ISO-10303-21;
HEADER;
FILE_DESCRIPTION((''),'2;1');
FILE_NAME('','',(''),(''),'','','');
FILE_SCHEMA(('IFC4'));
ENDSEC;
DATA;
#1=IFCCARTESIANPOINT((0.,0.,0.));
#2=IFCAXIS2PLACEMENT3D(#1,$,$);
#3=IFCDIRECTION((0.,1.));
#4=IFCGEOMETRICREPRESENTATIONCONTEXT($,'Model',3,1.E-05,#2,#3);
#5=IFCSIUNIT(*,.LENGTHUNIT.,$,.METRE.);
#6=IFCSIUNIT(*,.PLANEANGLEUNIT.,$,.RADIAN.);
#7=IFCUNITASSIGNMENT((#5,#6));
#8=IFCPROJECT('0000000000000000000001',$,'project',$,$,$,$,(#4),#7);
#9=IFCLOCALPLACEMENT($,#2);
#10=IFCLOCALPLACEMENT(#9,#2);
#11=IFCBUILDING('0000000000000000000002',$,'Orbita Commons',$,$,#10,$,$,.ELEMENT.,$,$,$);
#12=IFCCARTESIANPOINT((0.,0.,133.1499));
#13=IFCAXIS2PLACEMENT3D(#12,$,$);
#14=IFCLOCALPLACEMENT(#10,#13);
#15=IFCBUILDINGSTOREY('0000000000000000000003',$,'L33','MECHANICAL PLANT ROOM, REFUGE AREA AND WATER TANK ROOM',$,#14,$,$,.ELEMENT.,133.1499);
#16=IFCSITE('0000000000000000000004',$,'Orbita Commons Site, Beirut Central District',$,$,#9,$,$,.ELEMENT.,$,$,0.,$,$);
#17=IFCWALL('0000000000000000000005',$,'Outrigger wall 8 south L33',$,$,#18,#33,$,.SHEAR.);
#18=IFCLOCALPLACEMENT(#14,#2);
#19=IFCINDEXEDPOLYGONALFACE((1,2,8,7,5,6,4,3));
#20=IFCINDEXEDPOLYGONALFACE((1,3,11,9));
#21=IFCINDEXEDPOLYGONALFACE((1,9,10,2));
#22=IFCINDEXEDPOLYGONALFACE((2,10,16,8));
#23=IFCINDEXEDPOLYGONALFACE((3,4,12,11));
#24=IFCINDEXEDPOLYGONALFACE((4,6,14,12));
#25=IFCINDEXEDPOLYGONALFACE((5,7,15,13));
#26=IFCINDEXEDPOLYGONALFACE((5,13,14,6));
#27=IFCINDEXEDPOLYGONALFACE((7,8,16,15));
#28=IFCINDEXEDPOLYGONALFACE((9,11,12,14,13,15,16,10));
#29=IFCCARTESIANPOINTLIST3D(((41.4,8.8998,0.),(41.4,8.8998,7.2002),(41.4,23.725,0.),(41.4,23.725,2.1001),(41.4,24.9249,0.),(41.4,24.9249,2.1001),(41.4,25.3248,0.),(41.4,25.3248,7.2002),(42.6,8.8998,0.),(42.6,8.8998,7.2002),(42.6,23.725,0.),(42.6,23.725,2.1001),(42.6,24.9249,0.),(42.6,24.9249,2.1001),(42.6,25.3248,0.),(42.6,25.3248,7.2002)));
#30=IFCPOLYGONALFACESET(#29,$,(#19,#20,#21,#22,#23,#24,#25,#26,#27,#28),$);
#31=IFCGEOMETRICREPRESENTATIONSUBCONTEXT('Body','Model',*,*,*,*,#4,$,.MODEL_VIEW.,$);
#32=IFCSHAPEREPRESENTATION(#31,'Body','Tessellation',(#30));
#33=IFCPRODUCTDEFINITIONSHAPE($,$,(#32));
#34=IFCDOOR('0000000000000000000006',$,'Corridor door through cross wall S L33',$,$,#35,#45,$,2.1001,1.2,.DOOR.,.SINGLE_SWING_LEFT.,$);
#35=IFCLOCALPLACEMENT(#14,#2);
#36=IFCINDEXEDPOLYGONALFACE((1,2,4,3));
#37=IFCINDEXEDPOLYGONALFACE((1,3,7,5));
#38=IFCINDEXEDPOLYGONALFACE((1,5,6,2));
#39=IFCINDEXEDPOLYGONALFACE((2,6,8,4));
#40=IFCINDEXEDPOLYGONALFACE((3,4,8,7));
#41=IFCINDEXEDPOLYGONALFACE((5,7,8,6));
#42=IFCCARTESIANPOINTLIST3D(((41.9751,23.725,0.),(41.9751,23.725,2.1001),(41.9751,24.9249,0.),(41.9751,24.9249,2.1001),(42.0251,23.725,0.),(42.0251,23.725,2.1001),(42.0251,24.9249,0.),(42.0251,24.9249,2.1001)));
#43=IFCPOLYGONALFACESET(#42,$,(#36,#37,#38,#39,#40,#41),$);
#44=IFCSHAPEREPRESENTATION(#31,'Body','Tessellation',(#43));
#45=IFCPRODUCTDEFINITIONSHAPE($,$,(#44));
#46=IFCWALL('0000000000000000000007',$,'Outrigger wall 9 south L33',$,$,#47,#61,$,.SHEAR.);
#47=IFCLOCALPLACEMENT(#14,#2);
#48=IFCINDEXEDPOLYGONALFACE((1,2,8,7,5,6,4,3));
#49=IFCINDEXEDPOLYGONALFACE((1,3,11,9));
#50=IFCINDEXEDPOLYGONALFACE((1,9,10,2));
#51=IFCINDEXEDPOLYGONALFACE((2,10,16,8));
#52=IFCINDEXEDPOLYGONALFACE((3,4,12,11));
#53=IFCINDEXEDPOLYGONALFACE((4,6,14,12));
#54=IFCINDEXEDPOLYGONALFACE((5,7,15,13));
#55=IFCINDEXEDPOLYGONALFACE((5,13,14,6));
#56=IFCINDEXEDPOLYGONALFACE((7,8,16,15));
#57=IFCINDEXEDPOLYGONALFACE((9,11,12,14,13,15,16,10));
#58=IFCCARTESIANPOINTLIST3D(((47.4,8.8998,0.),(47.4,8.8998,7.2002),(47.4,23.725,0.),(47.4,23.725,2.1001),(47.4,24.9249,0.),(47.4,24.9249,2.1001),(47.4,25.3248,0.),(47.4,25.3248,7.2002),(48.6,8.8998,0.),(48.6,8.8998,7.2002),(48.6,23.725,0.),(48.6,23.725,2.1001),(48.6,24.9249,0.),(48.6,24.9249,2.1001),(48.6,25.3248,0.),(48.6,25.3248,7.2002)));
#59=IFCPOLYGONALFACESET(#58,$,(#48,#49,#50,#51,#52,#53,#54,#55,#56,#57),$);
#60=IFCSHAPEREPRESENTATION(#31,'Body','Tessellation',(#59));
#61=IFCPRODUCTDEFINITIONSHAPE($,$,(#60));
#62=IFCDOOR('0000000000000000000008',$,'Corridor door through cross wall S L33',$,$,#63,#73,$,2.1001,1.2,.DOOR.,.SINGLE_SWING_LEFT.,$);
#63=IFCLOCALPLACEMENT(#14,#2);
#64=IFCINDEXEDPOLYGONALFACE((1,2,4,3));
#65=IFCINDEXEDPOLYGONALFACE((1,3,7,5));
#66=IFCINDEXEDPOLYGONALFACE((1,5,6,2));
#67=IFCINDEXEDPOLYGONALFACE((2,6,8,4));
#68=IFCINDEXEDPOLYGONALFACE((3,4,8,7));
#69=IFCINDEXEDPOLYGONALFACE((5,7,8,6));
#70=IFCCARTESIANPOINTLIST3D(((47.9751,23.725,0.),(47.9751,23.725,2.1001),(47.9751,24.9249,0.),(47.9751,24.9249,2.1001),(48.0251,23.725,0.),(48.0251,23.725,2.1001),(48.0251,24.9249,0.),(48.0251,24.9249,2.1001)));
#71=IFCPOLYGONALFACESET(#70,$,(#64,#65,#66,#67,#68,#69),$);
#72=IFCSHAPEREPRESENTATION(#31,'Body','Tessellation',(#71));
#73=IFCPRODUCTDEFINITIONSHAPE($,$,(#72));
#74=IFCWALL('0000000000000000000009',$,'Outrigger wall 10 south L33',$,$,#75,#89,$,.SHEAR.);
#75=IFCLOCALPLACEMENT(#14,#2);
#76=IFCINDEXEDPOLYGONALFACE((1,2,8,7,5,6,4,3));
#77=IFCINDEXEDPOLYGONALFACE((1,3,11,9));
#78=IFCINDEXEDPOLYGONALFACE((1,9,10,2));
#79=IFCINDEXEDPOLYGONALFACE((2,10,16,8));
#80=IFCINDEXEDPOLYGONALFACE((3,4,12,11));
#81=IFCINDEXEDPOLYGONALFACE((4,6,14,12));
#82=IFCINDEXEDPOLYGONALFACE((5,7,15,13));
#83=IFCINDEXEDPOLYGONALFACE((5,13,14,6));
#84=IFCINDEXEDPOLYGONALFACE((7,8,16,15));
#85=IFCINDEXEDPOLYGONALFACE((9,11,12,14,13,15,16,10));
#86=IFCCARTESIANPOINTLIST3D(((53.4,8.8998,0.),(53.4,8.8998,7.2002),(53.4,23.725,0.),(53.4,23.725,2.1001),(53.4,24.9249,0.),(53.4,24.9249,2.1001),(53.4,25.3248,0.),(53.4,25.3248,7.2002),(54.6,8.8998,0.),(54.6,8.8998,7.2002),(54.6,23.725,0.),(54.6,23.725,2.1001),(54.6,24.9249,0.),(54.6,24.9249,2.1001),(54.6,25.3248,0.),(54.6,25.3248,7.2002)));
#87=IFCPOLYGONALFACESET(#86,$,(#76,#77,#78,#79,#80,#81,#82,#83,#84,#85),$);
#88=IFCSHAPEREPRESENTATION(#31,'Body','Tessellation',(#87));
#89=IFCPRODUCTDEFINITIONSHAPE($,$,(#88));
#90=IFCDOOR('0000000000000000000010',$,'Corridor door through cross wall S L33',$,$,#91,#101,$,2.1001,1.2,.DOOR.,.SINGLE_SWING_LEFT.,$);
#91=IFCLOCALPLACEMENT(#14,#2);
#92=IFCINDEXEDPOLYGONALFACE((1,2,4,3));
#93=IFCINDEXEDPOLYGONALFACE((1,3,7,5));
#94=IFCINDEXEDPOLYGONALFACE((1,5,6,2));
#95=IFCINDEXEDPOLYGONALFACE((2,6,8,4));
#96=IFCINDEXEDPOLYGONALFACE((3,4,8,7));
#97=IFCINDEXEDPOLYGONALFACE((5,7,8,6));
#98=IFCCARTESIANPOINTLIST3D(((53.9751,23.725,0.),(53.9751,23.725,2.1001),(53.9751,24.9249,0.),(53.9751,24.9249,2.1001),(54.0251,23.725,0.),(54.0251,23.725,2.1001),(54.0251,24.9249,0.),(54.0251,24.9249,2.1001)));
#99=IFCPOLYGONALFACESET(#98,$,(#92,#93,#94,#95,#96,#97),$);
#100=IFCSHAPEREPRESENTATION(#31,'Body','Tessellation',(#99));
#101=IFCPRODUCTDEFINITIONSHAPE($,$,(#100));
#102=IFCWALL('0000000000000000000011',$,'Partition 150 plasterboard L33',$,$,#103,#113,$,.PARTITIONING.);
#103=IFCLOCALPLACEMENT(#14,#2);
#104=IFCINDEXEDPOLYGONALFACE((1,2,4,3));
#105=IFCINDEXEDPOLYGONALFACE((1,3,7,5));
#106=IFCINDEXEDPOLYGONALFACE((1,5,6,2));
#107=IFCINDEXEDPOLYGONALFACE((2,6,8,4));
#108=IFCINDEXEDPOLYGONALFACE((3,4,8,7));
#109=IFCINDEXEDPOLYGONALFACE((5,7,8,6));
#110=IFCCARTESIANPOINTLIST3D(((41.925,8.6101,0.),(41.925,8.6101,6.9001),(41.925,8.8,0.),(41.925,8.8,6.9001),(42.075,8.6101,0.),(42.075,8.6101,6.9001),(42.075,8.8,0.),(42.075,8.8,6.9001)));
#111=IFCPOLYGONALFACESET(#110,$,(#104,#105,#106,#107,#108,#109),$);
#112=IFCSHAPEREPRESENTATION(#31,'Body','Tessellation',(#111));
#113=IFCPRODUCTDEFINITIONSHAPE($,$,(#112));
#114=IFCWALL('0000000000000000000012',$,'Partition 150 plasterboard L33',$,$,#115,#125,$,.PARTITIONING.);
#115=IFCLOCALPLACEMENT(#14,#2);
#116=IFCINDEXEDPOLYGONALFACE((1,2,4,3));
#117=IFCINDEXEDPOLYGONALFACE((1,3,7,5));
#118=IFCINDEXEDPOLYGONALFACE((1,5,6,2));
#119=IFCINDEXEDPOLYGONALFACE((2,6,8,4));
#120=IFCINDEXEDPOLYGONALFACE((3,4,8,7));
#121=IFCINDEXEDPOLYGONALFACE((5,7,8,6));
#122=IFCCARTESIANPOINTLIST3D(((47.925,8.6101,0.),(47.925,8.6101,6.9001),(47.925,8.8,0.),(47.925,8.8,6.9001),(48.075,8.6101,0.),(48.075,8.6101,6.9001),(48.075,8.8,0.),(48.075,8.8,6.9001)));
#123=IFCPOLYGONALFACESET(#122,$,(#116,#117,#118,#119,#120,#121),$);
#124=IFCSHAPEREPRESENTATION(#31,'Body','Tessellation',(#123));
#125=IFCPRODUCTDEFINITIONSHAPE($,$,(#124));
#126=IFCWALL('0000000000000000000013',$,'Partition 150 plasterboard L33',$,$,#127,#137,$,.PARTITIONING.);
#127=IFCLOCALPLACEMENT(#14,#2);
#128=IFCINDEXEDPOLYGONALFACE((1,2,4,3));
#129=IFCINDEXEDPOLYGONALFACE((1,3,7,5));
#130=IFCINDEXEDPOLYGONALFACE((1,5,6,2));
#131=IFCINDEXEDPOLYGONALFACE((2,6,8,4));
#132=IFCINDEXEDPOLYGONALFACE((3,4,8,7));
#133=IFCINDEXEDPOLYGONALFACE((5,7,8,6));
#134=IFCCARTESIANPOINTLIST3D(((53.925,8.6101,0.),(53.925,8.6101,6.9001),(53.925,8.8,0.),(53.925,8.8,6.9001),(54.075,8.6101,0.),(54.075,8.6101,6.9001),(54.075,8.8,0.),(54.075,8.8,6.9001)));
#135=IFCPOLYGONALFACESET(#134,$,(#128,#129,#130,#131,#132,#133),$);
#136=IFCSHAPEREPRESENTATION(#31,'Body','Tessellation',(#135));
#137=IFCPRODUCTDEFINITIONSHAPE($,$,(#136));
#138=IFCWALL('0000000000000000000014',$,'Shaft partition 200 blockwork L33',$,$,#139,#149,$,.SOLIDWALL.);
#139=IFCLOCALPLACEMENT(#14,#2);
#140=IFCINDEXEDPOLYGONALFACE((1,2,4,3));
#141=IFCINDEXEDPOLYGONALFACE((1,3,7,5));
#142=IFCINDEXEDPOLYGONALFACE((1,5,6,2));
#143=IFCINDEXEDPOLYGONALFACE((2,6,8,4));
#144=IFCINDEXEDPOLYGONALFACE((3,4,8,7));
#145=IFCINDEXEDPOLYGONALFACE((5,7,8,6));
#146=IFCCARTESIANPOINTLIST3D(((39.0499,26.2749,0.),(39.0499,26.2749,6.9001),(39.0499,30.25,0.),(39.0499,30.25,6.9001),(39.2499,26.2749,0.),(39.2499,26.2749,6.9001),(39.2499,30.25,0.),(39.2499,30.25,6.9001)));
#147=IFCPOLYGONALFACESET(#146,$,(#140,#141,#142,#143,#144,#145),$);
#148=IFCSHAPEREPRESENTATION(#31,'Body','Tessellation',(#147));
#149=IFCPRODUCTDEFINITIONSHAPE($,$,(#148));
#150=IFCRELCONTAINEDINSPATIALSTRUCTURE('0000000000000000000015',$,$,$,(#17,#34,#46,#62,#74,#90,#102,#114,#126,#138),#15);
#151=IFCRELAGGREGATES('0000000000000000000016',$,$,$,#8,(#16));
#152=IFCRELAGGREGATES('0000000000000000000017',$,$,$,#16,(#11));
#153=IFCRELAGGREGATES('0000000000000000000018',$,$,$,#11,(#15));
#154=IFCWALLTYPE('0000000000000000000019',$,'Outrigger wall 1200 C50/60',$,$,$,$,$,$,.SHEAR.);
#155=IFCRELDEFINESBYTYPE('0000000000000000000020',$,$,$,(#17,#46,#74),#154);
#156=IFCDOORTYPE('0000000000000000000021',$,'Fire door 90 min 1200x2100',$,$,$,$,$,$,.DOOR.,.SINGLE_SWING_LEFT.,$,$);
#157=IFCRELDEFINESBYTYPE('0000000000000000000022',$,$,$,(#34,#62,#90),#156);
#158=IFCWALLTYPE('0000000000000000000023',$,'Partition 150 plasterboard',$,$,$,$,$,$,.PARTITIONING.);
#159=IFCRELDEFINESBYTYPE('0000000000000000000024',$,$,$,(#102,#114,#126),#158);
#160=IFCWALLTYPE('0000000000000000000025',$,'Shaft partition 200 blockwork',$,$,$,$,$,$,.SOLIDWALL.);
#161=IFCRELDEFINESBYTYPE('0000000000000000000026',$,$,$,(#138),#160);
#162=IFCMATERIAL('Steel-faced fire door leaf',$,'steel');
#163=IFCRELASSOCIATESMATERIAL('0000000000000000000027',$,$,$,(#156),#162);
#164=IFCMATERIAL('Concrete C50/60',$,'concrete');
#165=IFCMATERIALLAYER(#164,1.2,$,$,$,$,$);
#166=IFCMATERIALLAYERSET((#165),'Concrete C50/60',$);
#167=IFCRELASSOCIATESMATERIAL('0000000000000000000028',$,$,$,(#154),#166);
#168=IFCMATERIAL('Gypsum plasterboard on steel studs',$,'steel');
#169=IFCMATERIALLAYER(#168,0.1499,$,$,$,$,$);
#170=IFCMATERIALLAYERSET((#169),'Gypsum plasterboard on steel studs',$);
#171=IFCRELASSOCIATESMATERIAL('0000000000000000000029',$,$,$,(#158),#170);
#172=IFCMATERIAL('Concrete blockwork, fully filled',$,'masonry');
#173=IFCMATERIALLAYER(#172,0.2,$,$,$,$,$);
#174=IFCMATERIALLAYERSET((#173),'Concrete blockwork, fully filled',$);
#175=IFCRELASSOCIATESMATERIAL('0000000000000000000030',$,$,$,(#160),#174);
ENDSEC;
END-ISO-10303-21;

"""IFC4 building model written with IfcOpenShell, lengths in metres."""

from ifc_helpers import new_model, si_unit, direction, frame, frame_2d, origin, place, context, subcontext, project, spatial, rectangle, extrude, material, layer, layer_set, type_object, element, fill, save


model = new_model("IFC4")

# Units and contexts
model_context = context("Model", 3, precision=1e-05, world=origin(), true_north=direction((0.0, 1.0)))
body_context = subcontext(model_context, "Body", "Model", "MODEL_VIEW")
ifc_project = project(units=[si_unit("LENGTHUNIT", "METRE"), si_unit("PLANEANGLEUNIT", "RADIAN")], contexts=[model_context])

# Site, building, storey
site_placement = place(None, origin())
site = spatial("IfcSite", under=ifc_project, at=site_placement, Name="Orbita Commons Site, Beirut Central District", CompositionType="ELEMENT", RefElevation=0.0)
building_placement = place(site_placement, origin())
building = spatial("IfcBuilding", under=site, at=building_placement, Name="Orbita Commons", CompositionType="ELEMENT")
storey_placement = place(building_placement, frame((0.0, 0.0, 133.1499)))
storey = spatial("IfcBuildingStorey", under=building, at=storey_placement, Name="L33", Description="MECHANICAL PLANT ROOM, REFUGE AREA AND WATER TANK ROOM", CompositionType="ELEMENT", Elevation=133.1499)

# Walls, openings, doors
ifc_material_1 = material(Name="Steel-faced fire door leaf", Category="steel")
door_type_1 = type_object("IfcDoorType", Name="Fire door 90 min 1200x2100", OperationType="SINGLE_SWING_LEFT", PredefinedType="DOOR", material=ifc_material_1)
ifc_material_2 = material(Name="Concrete C50/60", Category="concrete")
ifc_layer_1 = layer(ifc_material_2, 1.2)
ifc_layer_set_1 = layer_set([ifc_layer_1], Name="Concrete C50/60")
wall_type_1 = type_object("IfcWallType", Name="Outrigger wall 1200 C50/60", PredefinedType="SHEAR", material=ifc_layer_set_1)
wall_1_placement = place(storey_placement, frame((42.0, 8.8999, 0.0), z_axis=(0.0, 0.0, 1.0), x_axis=(0.0, 1.0, 0.0)))
wall_1 = element("IfcWall", 1, at=wall_1_placement, inside=storey, type_object=wall_type_1, Name="Outrigger wall 8 south L33", PredefinedType="SHEAR", context=body_context, shape_type="SweptSolid", body=[
    extrude(rectangle(XDim=16.425, YDim=1.2, at=frame_2d((8.2124, 0.0))), origin(), (0.0, 0.0, 1.0), 7.2002),
])
opening_1_placement = place(wall_1_placement, frame((14.825, 0.0, 0.0)))
opening_1 = element("IfcOpeningElement", 2, at=opening_1_placement, cuts=wall_1, PredefinedType="OPENING", context=body_context, shape_type="SweptSolid", body=[
    extrude(rectangle(XDim=1.2, YDim=2.1001, at=frame_2d((0.6001, 1.05))), frame((0.0, 0.6099, 0.0), z_axis=(0.0, -1.0, 0.0), x_axis=(1.0, 0.0, 0.0)), (0.0, 0.0, 1.0), 1.22),
])
door_1_placement = place(opening_1_placement, origin())
door_1 = element("IfcDoor", 3, at=door_1_placement, inside=storey, type_object=door_type_1, Name="Corridor door through cross wall S L33", OperationType="SINGLE_SWING_LEFT", OverallHeight=2.1001, OverallWidth=1.2, PredefinedType="DOOR", context=body_context, shape_type="SweptSolid", body=[
    extrude(rectangle(XDim=1.2, YDim=2.1001, at=frame_2d((0.6001, 1.05))), frame((0.0, 0.0249, 0.0), z_axis=(0.0, -1.0, 0.0), x_axis=(1.0, 0.0, 0.0)), (0.0, 0.0, 1.0), 0.05),
])
fill(opening_1, door_1)
wall_2_placement = place(storey_placement, frame((48.0, 8.8999, 0.0), z_axis=(0.0, 0.0, 1.0), x_axis=(0.0, 1.0, 0.0)))
wall_2 = element("IfcWall", 4, at=wall_2_placement, inside=storey, type_object=wall_type_1, Name="Outrigger wall 9 south L33", PredefinedType="SHEAR", context=body_context, shape_type="SweptSolid", body=[
    extrude(rectangle(XDim=16.425, YDim=1.2, at=frame_2d((8.2124, 0.0))), origin(), (0.0, 0.0, 1.0), 7.2002),
])
opening_2_placement = place(wall_2_placement, frame((14.825, 0.0, 0.0)))
opening_2 = element("IfcOpeningElement", 5, at=opening_2_placement, cuts=wall_2, PredefinedType="OPENING", context=body_context, shape_type="SweptSolid", body=[
    extrude(rectangle(XDim=1.2, YDim=2.1001, at=frame_2d((0.6001, 1.05))), frame((0.0, 0.6099, 0.0), z_axis=(0.0, -1.0, 0.0), x_axis=(1.0, 0.0, 0.0)), (0.0, 0.0, 1.0), 1.22),
])
door_2_placement = place(opening_2_placement, origin())
door_2 = element("IfcDoor", 6, at=door_2_placement, inside=storey, type_object=door_type_1, Name="Corridor door through cross wall S L33", OperationType="SINGLE_SWING_LEFT", OverallHeight=2.1001, OverallWidth=1.2, PredefinedType="DOOR", context=body_context, shape_type="SweptSolid", body=[
    extrude(rectangle(XDim=1.2, YDim=2.1001, at=frame_2d((0.6001, 1.05))), frame((0.0, 0.0249, 0.0), z_axis=(0.0, -1.0, 0.0), x_axis=(1.0, 0.0, 0.0)), (0.0, 0.0, 1.0), 0.05),
])
fill(opening_2, door_2)
wall_3_placement = place(storey_placement, frame((54.0, 8.8999, 0.0), z_axis=(0.0, 0.0, 1.0), x_axis=(0.0, 1.0, 0.0)))
wall_3 = element("IfcWall", 7, at=wall_3_placement, inside=storey, type_object=wall_type_1, Name="Outrigger wall 10 south L33", PredefinedType="SHEAR", context=body_context, shape_type="SweptSolid", body=[
    extrude(rectangle(XDim=16.425, YDim=1.2, at=frame_2d((8.2124, 0.0))), origin(), (0.0, 0.0, 1.0), 7.2002),
])
opening_3_placement = place(wall_3_placement, frame((14.825, 0.0, 0.0)))
opening_3 = element("IfcOpeningElement", 8, at=opening_3_placement, cuts=wall_3, PredefinedType="OPENING", context=body_context, shape_type="SweptSolid", body=[
    extrude(rectangle(XDim=1.2, YDim=2.1001, at=frame_2d((0.6001, 1.05))), frame((0.0, 0.6099, 0.0), z_axis=(0.0, -1.0, 0.0), x_axis=(1.0, 0.0, 0.0)), (0.0, 0.0, 1.0), 1.22),
])
door_3_placement = place(opening_3_placement, origin())
door_3 = element("IfcDoor", 9, at=door_3_placement, inside=storey, type_object=door_type_1, Name="Corridor door through cross wall S L33", OperationType="SINGLE_SWING_LEFT", OverallHeight=2.1001, OverallWidth=1.2, PredefinedType="DOOR", context=body_context, shape_type="SweptSolid", body=[
    extrude(rectangle(XDim=1.2, YDim=2.1001, at=frame_2d((0.6001, 1.05))), frame((0.0, 0.0249, 0.0), z_axis=(0.0, -1.0, 0.0), x_axis=(1.0, 0.0, 0.0)), (0.0, 0.0, 1.0), 0.05),
])
fill(opening_3, door_3)

# Walls
ifc_material_3 = material(Name="Gypsum plasterboard on steel studs", Category="steel")
ifc_layer_2 = layer(ifc_material_3, 0.1499)
ifc_layer_set_2 = layer_set([ifc_layer_2], Name="Gypsum plasterboard on steel studs")
wall_type_2 = type_object("IfcWallType", Name="Partition 150 plasterboard", PredefinedType="PARTITIONING", material=ifc_layer_set_2)
for number, where, z_axis, x_axis, name in (
    (10, (42.0, 8.8, 0.0), (0.0, 0.0, 1.0), (0.0, -1.0, 0.0), "Partition 150 plasterboard L33"),
    (11, (48.0, 8.8, 0.0), (0.0, 0.0, 1.0), (0.0, -1.0, 0.0), "Partition 150 plasterboard L33"),
    (12, (54.0, 8.8, 0.0), (0.0, 0.0, 1.0), (0.0, -1.0, 0.0), "Partition 150 plasterboard L33"),
):
    element("IfcWall", number, at=place(storey_placement, frame(where, z_axis=z_axis, x_axis=x_axis)), inside=storey, type_object=wall_type_2, Name=name, PredefinedType="PARTITIONING", context=body_context, shape_type="SweptSolid", body=[
        extrude(rectangle(XDim=0.1899, YDim=0.1499, at=frame_2d((0.095, 0.0))), origin(), (0.0, 0.0, 1.0), 6.9001),
    ])
ifc_material_4 = material(Name="Concrete blockwork, fully filled", Category="masonry")
ifc_layer_3 = layer(ifc_material_4, 0.2)
ifc_layer_set_3 = layer_set([ifc_layer_3], Name="Concrete blockwork, fully filled")
wall_type_3 = type_object("IfcWallType", Name="Shaft partition 200 blockwork", PredefinedType="SOLIDWALL", material=ifc_layer_set_3)
wall_4_placement = place(storey_placement, frame((39.1499, 26.2749, 0.0), z_axis=(0.0, 0.0, 1.0), x_axis=(0.0, 1.0, 0.0)))
element("IfcWall", 13, at=wall_4_placement, inside=storey, type_object=wall_type_3, Name="Shaft partition 200 blockwork L33", PredefinedType="SOLIDWALL", context=body_context, shape_type="SweptSolid", body=[
    extrude(rectangle(XDim=3.9751, YDim=0.2, at=frame_2d((1.9875, 0.0))), origin(), (0.0, 0.0, 1.0), 6.9001),
])

save(model, "model.ifc")
